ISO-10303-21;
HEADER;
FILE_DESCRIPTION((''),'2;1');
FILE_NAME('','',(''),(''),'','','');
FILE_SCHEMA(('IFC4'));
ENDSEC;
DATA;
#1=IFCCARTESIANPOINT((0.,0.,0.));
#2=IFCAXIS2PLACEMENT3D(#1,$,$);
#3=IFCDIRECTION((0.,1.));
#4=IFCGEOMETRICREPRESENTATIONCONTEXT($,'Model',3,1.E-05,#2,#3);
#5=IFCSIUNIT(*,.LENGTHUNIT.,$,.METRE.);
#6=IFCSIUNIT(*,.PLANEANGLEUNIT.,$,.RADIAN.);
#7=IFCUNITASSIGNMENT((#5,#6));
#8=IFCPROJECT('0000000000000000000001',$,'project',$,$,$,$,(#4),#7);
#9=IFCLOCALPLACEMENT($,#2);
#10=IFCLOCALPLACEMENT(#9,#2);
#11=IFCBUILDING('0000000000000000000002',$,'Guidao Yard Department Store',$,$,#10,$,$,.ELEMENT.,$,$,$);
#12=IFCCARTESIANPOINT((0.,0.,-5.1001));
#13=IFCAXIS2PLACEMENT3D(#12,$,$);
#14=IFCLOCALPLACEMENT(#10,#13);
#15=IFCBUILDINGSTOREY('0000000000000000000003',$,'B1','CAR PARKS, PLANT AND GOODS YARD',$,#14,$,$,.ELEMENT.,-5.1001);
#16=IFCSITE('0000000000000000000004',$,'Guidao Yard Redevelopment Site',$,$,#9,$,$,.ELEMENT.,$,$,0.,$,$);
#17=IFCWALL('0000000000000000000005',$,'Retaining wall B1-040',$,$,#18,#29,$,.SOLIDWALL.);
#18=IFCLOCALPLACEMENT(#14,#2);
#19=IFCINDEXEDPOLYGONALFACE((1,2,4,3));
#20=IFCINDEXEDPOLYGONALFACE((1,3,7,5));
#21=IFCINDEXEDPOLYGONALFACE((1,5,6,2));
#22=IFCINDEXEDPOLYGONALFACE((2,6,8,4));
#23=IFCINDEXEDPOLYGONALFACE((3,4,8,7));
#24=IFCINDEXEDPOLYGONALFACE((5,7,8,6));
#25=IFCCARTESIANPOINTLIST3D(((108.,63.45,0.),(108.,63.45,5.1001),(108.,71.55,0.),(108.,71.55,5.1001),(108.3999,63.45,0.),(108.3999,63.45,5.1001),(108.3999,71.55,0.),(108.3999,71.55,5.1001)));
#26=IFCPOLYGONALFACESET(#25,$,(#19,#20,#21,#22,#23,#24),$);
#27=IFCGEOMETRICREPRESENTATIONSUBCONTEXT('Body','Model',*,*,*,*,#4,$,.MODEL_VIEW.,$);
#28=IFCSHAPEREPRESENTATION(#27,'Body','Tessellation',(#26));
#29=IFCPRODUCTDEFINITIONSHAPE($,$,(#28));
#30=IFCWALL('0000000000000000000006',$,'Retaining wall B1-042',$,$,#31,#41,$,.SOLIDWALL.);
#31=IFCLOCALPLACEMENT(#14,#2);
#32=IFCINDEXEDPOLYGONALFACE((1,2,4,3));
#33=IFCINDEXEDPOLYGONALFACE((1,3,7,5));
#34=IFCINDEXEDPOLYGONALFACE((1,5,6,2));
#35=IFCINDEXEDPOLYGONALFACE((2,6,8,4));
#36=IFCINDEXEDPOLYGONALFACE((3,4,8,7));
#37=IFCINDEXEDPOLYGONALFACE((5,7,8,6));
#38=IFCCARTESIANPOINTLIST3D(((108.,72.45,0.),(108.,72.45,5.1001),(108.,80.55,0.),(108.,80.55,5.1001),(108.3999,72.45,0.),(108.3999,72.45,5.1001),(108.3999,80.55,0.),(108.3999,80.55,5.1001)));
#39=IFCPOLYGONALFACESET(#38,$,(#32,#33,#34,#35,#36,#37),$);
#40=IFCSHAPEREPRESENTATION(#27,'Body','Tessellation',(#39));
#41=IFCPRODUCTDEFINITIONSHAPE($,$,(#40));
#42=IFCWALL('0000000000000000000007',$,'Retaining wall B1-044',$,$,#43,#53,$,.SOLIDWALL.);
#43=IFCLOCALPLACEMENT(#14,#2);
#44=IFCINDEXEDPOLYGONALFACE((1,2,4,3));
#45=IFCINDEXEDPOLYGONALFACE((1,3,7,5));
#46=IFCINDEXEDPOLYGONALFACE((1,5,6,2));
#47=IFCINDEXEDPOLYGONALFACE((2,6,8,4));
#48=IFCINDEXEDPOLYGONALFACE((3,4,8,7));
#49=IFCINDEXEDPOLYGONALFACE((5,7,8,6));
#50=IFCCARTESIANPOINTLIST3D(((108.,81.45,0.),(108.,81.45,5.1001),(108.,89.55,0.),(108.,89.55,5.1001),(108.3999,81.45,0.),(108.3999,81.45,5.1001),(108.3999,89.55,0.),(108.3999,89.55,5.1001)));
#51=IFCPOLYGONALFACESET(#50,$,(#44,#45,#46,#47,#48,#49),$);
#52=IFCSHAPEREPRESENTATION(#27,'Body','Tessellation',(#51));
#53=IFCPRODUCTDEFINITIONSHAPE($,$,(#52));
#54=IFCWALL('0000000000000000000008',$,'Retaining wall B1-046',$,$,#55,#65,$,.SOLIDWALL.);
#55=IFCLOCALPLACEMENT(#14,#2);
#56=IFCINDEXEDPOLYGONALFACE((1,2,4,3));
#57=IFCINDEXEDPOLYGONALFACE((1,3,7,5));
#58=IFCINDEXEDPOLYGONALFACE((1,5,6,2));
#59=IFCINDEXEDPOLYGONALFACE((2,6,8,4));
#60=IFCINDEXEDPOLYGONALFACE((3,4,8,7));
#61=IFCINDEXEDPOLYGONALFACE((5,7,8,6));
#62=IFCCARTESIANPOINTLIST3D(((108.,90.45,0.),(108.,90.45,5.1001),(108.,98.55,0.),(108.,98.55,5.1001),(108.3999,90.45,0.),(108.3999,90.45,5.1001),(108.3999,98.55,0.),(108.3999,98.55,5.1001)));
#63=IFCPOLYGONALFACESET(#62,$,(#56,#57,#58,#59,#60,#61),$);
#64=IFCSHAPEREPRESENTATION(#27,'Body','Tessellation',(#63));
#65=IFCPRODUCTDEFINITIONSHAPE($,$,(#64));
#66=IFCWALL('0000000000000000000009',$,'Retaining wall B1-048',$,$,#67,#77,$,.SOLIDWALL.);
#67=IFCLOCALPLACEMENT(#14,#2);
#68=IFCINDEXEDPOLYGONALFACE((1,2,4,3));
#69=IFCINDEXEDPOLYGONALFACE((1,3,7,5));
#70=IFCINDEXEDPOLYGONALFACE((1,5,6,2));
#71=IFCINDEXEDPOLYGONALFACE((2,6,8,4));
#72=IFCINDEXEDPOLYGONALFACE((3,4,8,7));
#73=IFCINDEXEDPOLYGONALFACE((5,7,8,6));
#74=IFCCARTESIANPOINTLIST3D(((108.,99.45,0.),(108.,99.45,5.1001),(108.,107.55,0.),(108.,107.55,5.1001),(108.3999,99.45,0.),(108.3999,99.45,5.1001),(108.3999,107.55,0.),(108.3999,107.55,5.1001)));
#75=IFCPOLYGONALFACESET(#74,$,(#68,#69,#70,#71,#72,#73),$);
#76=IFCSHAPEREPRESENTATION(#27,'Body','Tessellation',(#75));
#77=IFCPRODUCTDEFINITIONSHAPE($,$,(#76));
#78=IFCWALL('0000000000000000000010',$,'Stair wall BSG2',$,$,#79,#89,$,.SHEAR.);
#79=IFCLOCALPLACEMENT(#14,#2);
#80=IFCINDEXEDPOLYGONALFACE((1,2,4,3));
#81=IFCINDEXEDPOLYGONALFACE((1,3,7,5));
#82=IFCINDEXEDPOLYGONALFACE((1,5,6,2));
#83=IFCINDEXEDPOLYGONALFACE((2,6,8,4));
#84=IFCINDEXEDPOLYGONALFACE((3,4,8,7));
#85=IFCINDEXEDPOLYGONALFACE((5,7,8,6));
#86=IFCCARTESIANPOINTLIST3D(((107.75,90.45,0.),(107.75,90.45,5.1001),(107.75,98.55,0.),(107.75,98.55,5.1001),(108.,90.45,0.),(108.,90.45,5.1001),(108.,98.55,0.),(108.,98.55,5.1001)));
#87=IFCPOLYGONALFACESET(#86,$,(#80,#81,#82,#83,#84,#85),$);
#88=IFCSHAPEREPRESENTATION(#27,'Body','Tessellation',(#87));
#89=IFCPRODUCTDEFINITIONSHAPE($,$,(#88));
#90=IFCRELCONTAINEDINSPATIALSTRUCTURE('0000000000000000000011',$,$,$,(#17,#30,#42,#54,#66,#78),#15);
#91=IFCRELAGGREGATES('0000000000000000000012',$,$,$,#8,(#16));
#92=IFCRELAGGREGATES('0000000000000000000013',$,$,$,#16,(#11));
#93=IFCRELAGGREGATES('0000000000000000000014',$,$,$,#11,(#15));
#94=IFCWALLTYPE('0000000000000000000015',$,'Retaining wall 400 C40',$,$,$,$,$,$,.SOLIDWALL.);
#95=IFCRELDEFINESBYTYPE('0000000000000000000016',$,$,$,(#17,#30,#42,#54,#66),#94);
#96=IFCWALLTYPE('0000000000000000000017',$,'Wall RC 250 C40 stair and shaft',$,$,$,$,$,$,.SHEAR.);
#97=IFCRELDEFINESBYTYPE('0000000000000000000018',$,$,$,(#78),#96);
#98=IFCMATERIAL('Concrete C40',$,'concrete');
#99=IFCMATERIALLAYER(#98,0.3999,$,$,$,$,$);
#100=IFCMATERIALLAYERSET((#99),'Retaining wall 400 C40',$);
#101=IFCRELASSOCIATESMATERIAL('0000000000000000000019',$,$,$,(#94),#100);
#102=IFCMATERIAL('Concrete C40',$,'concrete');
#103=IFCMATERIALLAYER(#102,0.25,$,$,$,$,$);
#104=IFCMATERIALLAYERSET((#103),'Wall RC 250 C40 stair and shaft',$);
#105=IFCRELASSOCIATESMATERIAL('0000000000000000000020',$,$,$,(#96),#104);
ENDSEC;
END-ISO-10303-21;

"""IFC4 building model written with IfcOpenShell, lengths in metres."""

from ifc_helpers import new_model, si_unit, direction, frame, frame_2d, origin, place, context, subcontext, project, spatial, rectangle, extrude, material, layer, layer_set, type_object, element, save


model = new_model("IFC4")

# Units and contexts
model_context = context("Model", 3, precision=1e-05, world=origin(), true_north=direction((0.0, 1.0)))
body_context = subcontext(model_context, "Body", "Model", "MODEL_VIEW")
ifc_project = project(units=[si_unit("LENGTHUNIT", "METRE"), si_unit("PLANEANGLEUNIT", "RADIAN")], contexts=[model_context])

# Site, building, storey
site_placement = place(None, origin())
site = spatial("IfcSite", under=ifc_project, at=site_placement, Name="Guidao Yard Redevelopment Site", CompositionType="ELEMENT", RefElevation=0.0)
building_placement = place(site_placement, origin())
building = spatial("IfcBuilding", under=site, at=building_placement, Name="Guidao Yard Department Store", CompositionType="ELEMENT")
storey_placement = place(building_placement, frame((0.0, 0.0, -5.1001)))
storey = spatial("IfcBuildingStorey", under=building, at=storey_placement, Name="B1", Description="CAR PARKS, PLANT AND GOODS YARD", CompositionType="ELEMENT", Elevation=-5.1001)

# Walls
ifc_material_1 = material(Name="Concrete C40", Category="concrete")
ifc_layer_1 = layer(ifc_material_1, 0.3999)
ifc_layer_set_1 = layer_set([ifc_layer_1], Name="Retaining wall 400 C40")
wall_type_1 = type_object("IfcWallType", Name="Retaining wall 400 C40", PredefinedType="SOLIDWALL", material=ifc_layer_set_1)
for number, where, z_axis, x_axis, name in (
    (1, (108.2, 63.45, 0.0), (0.0, 0.0, 1.0), (0.0, 1.0, 0.0), "Retaining wall B1-040"),
    (2, (108.2, 72.45, 0.0), (0.0, 0.0, 1.0), (0.0, 1.0, 0.0), "Retaining wall B1-042"),
    (3, (108.2, 81.45, 0.0), (0.0, 0.0, 1.0), (0.0, 1.0, 0.0), "Retaining wall B1-044"),
    (4, (108.2, 90.45, 0.0), (0.0, 0.0, 1.0), (0.0, 1.0, 0.0), "Retaining wall B1-046"),
    (5, (108.2, 99.45, 0.0), (0.0, 0.0, 1.0), (0.0, 1.0, 0.0), "Retaining wall B1-048"),
):
    element("IfcWall", number, at=place(storey_placement, frame(where, z_axis=z_axis, x_axis=x_axis)), inside=storey, type_object=wall_type_1, Name=name, PredefinedType="SOLIDWALL", context=body_context, shape_type="SweptSolid", body=[
        extrude(rectangle(XDim=8.1001, YDim=0.3999, at=frame_2d((4.05, 0.0))), origin(), (0.0, 0.0, 1.0), 5.1001),
    ])
ifc_material_2 = material(Name="Concrete C40", Category="concrete")
ifc_layer_2 = layer(ifc_material_2, 0.25)
ifc_layer_set_2 = layer_set([ifc_layer_2], Name="Wall RC 250 C40 stair and shaft")
wall_type_2 = type_object("IfcWallType", Name="Wall RC 250 C40 stair and shaft", PredefinedType="SHEAR", material=ifc_layer_set_2)
wall_placement = place(storey_placement, frame((107.875, 90.45, 0.0), z_axis=(0.0, 0.0, 1.0), x_axis=(0.0, 1.0, 0.0)))
element("IfcWall", 6, at=wall_placement, inside=storey, type_object=wall_type_2, Name="Stair wall BSG2", PredefinedType="SHEAR", context=body_context, shape_type="SweptSolid", body=[
    extrude(rectangle(XDim=8.1001, YDim=0.25, at=frame_2d((4.05, 0.0))), origin(), (0.0, 0.0, 1.0), 5.1001),
])

save(model, "model.ifc")
